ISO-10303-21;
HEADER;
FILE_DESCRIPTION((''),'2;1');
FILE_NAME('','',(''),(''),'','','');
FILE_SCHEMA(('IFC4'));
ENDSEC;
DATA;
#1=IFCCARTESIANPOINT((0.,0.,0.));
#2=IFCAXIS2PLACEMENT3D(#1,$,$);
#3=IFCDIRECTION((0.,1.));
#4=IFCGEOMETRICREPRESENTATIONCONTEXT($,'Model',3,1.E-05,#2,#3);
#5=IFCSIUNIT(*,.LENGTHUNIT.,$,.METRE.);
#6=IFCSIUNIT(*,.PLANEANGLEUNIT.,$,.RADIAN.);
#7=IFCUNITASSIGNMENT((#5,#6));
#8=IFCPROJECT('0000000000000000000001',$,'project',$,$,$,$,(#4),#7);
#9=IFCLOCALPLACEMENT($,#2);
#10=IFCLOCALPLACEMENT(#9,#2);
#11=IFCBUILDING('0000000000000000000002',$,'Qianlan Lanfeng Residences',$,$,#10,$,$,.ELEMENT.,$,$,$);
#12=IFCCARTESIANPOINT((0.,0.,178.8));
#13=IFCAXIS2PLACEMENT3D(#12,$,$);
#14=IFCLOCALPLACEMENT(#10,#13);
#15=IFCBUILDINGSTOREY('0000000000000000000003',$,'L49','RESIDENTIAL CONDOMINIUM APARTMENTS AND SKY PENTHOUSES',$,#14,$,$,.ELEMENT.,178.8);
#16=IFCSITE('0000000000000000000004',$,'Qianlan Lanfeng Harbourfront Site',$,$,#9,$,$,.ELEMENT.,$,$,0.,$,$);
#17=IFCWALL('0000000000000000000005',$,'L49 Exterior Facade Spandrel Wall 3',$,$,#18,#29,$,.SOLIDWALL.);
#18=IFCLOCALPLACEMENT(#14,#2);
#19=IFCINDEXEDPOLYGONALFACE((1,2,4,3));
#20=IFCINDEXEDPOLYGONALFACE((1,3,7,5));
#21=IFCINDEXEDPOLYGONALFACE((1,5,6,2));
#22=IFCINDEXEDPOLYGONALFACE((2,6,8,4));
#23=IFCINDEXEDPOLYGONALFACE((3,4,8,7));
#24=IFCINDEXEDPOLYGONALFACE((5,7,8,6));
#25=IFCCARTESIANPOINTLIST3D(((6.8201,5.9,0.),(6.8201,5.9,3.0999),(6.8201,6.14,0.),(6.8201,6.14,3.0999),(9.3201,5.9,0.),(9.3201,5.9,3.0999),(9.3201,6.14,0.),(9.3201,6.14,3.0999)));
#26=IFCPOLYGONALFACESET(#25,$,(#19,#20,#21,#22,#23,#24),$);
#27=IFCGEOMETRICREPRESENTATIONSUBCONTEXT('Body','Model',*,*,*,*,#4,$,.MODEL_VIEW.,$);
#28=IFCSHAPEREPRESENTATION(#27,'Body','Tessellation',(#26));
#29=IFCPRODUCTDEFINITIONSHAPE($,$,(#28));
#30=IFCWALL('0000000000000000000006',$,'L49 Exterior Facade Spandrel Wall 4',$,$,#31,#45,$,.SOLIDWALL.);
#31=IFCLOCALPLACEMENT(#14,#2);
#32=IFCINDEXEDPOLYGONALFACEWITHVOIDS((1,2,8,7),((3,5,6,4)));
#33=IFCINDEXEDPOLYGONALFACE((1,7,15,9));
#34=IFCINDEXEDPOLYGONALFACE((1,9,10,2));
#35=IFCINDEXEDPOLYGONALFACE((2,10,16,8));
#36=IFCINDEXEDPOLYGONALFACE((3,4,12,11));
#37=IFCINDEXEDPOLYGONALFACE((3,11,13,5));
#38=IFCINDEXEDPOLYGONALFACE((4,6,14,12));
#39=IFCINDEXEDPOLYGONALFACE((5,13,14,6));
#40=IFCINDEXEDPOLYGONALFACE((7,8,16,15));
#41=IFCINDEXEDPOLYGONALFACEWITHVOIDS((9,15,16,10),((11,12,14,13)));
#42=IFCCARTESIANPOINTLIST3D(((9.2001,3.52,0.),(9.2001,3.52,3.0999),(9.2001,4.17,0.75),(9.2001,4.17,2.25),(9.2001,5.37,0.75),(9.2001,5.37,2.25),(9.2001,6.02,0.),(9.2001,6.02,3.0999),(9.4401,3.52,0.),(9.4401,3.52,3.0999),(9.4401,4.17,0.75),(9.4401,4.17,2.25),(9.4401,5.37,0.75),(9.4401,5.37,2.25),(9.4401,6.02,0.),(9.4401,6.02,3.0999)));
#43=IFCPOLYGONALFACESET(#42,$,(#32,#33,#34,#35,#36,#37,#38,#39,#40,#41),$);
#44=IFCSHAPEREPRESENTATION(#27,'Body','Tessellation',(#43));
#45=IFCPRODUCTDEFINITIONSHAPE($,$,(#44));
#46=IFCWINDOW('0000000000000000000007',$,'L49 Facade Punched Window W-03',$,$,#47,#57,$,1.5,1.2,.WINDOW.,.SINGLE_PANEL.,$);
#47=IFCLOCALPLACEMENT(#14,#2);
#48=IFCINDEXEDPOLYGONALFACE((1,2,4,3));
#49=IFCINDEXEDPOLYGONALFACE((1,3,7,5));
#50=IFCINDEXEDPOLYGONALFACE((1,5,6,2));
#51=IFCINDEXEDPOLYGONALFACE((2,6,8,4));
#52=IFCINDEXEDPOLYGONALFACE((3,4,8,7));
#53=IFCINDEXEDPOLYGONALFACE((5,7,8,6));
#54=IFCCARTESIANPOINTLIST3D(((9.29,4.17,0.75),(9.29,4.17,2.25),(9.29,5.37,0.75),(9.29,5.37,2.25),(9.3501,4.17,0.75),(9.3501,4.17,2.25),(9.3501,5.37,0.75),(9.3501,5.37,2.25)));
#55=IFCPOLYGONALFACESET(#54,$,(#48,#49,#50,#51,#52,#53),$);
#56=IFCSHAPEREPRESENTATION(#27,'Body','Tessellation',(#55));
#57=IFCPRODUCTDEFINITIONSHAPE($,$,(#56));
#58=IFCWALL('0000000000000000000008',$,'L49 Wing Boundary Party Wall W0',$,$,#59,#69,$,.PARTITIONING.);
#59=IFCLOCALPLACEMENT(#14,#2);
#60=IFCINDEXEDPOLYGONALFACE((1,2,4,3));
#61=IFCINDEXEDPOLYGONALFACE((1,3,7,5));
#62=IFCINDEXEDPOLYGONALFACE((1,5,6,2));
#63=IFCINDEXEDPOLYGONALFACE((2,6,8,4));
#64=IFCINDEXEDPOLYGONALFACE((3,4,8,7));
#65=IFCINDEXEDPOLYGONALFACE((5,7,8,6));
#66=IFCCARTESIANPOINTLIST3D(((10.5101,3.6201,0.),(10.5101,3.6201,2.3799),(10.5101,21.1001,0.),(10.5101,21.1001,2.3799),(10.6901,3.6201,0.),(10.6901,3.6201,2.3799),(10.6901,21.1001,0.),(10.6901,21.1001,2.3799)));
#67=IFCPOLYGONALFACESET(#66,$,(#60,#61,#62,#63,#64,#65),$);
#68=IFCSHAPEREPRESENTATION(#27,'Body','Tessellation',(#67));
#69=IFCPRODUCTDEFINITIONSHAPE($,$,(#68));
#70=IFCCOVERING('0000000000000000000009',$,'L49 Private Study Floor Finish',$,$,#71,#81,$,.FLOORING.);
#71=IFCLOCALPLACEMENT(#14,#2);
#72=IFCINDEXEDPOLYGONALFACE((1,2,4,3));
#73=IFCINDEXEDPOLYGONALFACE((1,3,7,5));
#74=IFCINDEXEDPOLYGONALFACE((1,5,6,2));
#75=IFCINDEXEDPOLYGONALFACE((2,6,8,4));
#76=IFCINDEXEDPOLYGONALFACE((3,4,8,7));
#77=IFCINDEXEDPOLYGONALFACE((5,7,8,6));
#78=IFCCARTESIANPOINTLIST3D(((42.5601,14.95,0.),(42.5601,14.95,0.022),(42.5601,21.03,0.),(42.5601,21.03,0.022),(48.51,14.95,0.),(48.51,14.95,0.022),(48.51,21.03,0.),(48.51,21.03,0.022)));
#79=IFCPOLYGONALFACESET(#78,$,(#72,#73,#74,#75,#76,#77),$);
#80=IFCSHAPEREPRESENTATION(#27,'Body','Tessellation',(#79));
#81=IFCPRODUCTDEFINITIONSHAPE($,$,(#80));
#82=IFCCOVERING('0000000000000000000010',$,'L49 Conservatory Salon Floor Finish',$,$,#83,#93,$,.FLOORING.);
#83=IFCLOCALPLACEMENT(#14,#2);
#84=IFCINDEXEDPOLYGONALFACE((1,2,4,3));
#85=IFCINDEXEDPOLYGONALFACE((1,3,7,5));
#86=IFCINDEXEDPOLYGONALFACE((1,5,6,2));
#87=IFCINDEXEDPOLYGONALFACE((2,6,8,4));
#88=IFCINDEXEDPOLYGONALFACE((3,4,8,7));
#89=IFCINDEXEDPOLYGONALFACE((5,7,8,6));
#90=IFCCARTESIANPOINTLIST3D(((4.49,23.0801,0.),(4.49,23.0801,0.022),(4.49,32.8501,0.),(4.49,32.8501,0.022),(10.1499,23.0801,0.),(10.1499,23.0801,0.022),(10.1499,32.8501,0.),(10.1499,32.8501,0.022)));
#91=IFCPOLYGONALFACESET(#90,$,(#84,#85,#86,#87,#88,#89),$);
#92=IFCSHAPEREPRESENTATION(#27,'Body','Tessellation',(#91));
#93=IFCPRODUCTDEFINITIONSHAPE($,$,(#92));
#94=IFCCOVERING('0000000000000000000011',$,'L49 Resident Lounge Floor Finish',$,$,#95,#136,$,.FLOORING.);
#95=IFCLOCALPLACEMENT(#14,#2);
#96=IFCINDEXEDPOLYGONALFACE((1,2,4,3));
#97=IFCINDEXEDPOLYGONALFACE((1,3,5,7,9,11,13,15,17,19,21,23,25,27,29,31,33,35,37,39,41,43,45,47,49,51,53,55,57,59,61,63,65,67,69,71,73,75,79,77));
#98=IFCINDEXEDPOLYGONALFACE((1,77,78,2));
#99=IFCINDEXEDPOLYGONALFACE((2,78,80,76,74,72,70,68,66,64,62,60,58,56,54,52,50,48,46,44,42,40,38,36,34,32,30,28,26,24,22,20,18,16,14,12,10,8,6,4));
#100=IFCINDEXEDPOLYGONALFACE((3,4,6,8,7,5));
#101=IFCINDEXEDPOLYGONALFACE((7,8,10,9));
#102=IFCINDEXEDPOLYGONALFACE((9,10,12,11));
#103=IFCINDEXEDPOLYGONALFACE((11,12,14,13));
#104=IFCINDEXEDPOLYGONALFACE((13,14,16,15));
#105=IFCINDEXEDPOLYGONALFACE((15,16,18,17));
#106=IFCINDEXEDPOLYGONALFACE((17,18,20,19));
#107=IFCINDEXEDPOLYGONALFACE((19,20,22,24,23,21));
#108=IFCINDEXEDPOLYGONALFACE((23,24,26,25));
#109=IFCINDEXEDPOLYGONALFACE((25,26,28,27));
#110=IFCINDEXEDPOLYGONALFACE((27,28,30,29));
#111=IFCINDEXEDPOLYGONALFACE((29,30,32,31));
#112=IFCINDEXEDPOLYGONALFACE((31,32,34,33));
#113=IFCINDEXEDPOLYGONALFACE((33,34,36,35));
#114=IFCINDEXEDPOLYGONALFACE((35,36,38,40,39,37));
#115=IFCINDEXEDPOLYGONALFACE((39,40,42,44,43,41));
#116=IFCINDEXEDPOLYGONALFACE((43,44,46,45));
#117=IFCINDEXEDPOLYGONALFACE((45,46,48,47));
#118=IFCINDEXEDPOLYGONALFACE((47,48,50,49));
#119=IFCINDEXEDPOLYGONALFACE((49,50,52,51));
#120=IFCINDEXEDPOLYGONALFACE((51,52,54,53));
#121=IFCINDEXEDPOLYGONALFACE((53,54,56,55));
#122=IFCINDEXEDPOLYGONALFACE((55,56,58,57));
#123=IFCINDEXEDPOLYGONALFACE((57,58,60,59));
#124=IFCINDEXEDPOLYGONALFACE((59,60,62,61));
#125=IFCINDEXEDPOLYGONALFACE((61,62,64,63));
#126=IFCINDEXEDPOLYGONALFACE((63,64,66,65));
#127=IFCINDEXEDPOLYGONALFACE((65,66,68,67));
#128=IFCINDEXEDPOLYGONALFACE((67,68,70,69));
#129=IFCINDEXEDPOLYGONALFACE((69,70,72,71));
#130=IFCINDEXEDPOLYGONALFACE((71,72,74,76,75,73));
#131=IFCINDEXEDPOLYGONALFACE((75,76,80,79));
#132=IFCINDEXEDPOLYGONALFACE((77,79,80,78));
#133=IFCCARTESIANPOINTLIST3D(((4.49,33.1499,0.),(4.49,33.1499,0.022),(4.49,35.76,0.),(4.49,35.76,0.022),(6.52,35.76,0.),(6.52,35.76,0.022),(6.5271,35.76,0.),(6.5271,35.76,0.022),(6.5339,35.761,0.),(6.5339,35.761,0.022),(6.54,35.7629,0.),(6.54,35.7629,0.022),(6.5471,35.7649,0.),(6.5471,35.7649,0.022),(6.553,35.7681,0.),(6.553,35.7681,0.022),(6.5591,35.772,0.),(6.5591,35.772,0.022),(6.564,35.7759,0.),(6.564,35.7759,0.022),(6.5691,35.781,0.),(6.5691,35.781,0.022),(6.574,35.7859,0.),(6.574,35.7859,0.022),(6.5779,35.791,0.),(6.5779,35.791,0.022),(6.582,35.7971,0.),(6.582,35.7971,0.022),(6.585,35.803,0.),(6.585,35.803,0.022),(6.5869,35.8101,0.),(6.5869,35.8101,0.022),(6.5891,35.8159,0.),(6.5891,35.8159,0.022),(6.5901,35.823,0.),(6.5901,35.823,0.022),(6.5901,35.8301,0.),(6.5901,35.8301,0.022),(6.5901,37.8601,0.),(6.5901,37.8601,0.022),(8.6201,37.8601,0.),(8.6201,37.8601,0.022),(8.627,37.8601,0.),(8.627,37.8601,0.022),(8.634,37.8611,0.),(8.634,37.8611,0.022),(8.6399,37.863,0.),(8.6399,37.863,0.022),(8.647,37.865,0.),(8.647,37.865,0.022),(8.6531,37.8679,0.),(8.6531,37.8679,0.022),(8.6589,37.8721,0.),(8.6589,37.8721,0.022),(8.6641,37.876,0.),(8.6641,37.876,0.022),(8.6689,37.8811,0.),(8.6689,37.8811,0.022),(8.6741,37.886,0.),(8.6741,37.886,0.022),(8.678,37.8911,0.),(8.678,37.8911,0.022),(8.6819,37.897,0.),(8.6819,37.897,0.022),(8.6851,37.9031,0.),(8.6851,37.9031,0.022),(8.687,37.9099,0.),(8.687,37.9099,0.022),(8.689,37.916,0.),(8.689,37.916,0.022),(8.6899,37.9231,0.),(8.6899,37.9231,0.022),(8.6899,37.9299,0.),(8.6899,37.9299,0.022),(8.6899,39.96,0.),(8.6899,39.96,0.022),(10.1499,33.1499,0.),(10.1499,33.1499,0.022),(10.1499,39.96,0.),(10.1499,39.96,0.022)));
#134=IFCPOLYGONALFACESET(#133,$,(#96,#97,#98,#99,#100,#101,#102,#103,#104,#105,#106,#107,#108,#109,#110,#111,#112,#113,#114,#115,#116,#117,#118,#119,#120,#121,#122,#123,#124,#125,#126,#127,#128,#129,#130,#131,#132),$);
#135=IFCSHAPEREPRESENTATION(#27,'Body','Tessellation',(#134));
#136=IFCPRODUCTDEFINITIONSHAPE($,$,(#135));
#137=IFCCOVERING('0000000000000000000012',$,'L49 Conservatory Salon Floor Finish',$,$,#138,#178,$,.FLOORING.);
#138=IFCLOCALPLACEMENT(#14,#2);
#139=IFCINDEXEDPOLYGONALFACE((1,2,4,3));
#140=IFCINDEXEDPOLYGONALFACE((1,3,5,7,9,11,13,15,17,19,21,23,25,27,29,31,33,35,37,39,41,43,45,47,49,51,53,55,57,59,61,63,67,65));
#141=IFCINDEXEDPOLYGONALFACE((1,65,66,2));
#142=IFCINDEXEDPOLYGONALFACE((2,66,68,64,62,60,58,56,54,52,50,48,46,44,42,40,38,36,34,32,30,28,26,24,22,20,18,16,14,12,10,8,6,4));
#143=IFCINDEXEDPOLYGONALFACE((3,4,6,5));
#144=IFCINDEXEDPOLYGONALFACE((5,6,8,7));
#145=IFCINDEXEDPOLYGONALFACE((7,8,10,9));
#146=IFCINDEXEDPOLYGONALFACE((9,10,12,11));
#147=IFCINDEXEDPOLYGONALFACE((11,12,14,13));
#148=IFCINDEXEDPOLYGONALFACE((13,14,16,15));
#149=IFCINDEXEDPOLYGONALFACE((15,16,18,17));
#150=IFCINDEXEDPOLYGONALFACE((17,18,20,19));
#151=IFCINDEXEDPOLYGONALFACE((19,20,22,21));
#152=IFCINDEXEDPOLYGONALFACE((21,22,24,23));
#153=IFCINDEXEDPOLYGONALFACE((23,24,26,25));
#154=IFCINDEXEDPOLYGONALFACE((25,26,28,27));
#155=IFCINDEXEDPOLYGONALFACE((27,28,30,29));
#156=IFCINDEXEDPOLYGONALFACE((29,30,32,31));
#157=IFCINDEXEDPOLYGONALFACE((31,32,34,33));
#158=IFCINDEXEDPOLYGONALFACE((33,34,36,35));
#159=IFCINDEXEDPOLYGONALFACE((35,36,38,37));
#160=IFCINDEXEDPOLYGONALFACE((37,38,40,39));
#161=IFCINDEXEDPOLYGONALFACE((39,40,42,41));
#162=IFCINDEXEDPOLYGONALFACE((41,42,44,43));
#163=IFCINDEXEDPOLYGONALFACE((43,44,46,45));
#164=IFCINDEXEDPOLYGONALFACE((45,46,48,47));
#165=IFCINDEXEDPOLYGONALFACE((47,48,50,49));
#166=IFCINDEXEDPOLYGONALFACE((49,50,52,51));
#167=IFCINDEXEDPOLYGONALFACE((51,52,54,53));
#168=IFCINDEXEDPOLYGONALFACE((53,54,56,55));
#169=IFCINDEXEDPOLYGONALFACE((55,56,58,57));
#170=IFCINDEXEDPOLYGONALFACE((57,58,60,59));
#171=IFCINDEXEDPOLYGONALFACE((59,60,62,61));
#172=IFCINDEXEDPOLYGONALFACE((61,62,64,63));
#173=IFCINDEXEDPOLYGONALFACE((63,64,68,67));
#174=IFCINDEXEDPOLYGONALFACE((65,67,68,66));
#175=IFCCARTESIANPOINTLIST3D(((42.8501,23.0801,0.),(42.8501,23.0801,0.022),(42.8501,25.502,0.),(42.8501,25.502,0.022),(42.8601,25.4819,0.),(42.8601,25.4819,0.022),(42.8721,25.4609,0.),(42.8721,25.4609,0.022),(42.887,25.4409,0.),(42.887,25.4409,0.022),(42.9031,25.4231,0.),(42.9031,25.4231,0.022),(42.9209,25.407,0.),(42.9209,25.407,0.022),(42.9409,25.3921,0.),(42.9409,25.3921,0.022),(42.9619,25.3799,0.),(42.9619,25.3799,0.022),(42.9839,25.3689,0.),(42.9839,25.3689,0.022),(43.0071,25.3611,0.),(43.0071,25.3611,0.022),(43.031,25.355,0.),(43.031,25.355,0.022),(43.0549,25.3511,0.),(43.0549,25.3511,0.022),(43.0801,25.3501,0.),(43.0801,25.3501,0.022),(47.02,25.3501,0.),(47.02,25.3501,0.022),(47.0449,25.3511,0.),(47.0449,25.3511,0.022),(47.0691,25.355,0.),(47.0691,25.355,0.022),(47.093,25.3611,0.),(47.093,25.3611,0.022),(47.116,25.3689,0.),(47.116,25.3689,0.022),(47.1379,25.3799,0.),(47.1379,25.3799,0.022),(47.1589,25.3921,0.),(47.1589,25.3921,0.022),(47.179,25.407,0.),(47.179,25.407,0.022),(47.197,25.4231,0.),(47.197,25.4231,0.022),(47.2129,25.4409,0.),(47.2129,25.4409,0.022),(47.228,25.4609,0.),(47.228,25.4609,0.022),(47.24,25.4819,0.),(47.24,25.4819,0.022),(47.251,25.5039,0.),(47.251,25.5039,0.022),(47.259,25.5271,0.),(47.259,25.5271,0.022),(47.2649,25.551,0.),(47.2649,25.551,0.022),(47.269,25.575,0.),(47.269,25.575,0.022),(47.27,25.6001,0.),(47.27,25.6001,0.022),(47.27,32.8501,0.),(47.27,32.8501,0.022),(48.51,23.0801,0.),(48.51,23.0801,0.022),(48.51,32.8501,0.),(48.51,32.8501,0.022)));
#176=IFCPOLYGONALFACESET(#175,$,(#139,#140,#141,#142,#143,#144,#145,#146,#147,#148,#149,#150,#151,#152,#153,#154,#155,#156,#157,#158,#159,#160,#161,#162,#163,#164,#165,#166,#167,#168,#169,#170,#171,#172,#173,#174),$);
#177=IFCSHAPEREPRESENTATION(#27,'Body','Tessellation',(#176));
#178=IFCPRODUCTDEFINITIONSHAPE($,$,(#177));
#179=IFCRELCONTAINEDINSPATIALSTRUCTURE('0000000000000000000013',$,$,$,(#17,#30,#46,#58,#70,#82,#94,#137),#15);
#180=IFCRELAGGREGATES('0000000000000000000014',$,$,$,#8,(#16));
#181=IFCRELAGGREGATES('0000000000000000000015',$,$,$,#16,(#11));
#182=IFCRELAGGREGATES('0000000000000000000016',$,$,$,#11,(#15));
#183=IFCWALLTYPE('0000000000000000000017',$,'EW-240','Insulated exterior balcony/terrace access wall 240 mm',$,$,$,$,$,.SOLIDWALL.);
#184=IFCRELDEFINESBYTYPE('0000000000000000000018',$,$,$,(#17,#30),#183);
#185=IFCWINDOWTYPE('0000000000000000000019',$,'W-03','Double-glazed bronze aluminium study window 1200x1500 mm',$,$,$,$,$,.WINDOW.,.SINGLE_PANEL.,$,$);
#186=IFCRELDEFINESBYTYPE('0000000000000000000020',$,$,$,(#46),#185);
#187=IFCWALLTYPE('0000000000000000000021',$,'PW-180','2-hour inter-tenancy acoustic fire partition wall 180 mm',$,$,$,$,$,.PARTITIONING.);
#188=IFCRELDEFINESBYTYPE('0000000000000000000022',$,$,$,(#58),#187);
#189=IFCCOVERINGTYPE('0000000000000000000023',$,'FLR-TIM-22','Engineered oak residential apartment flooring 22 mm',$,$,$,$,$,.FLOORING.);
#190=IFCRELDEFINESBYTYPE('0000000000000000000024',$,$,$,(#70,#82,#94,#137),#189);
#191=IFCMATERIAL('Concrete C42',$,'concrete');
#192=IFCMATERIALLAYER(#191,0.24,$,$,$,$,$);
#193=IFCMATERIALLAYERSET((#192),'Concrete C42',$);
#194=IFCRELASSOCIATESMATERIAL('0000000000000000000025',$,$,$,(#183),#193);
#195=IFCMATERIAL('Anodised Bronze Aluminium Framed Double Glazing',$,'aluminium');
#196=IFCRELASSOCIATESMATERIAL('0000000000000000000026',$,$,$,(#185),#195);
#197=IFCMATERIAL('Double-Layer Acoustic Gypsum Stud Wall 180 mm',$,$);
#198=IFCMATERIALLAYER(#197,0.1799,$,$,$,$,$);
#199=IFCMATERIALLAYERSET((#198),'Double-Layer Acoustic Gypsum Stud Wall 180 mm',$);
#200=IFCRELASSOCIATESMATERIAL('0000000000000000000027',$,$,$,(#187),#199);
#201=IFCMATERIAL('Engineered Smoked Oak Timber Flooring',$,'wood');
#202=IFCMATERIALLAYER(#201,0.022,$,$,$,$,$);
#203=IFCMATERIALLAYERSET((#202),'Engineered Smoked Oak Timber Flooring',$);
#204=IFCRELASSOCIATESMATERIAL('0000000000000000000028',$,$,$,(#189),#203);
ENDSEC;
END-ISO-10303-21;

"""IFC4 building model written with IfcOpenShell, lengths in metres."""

from ifc_helpers import new_model, si_unit, direction, frame, frame_2d, origin, place, context, subcontext, project, spatial, polyline, rectangle, outline, extrude, material, layer, layer_set, type_object, element, fill, save


model = new_model("IFC4")

# Units and contexts
model_context = context("Model", 3, precision=1e-05, world=origin(), true_north=direction((0.0, 1.0)))
body_context = subcontext(model_context, "Body", "Model", "MODEL_VIEW")
ifc_project = project(units=[si_unit("LENGTHUNIT", "METRE"), si_unit("PLANEANGLEUNIT", "RADIAN")], contexts=[model_context])

# Site, building, storey
site_placement = place(None, origin())
site = spatial("IfcSite", under=ifc_project, at=site_placement, Name="Qianlan Lanfeng Harbourfront Site", CompositionType="ELEMENT", RefElevation=0.0)
building_placement = place(site_placement, origin())
building = spatial("IfcBuilding", under=site, at=building_placement, Name="Qianlan Lanfeng Residences", CompositionType="ELEMENT")
storey_placement = place(building_placement, frame((0.0, 0.0, 178.8)))
storey = spatial("IfcBuildingStorey", under=building, at=storey_placement, Name="L49", Description="RESIDENTIAL CONDOMINIUM APARTMENTS AND SKY PENTHOUSES", CompositionType="ELEMENT", Elevation=178.8)

# Wall
ifc_material_1 = material(Name="Concrete C42", Category="concrete")
ifc_layer_1 = layer(ifc_material_1, 0.24)
ifc_layer_set_1 = layer_set([ifc_layer_1], Name="Concrete C42")
wall_type_1 = type_object("IfcWallType", Name="EW-240", Description="Insulated exterior balcony/terrace access wall 240 mm", PredefinedType="SOLIDWALL", material=ifc_layer_set_1)
for number, where, z_axis, x_axis, name in (
    (1, (6.8201, 6.02, 0.0), (0.0, 0.0, 1.0), (1.0, 0.0, 0.0), "L49 Exterior Facade Spandrel Wall 3"),
):
    element("IfcWall", number, at=place(storey_placement, frame(where, z_axis=z_axis, x_axis=x_axis)), inside=storey, type_object=wall_type_1, Name=name, PredefinedType="SOLIDWALL", context=body_context, shape_type="SweptSolid", body=[
        extrude(rectangle(XDim=2.5, YDim=0.24, at=frame_2d((1.25, 0.0))), origin(), (0.0, 0.0, 1.0), 3.0999),
    ])

# Wall, opening, window
wall_1_placement = place(storey_placement, frame((9.3201, 6.02, 0.0), z_axis=(0.0, 0.0, 1.0), x_axis=(0.0, -1.0, 0.0)))
wall_1 = element("IfcWall", 2, at=wall_1_placement, inside=storey, type_object=wall_type_1, Name="L49 Exterior Facade Spandrel Wall 4", PredefinedType="SOLIDWALL", context=body_context, shape_type="SweptSolid", body=[
    extrude(rectangle(XDim=2.5, YDim=0.24, at=frame_2d((1.25, 0.0))), origin(), (0.0, 0.0, 1.0), 3.0999),
])
opening_placement = place(wall_1_placement, frame((0.6499, 0.0, 0.75)))
opening = element("IfcOpeningElement", 3, at=opening_placement, cuts=wall_1, PredefinedType="OPENING", context=body_context, shape_type="SweptSolid", body=[
    extrude(rectangle(XDim=1.2, YDim=1.5, at=frame_2d((0.6001, 0.75))), frame((0.0, 0.1299, 0.0), z_axis=(0.0, -1.0, 0.0), x_axis=(1.0, 0.0, 0.0)), (0.0, 0.0, 1.0), 0.26),
])
ifc_material_2 = material(Name="Anodised Bronze Aluminium Framed Double Glazing", Category="aluminium")
window_type = type_object("IfcWindowType", Name="W-03", Description="Double-glazed bronze aluminium study window 1200x1500 mm", PartitioningType="SINGLE_PANEL", PredefinedType="WINDOW", material=ifc_material_2)
window_placement = place(opening_placement, origin())
window = element("IfcWindow", 4, at=window_placement, inside=storey, type_object=window_type, Name="L49 Facade Punched Window W-03", OverallHeight=1.5, OverallWidth=1.2, PartitioningType="SINGLE_PANEL", PredefinedType="WINDOW", context=body_context, shape_type="SweptSolid", body=[
    extrude(rectangle(XDim=1.2, YDim=1.5, at=frame_2d((0.6001, 0.75))), frame((0.0, 0.03, 0.0), z_axis=(0.0, -1.0, 0.0), x_axis=(1.0, 0.0, 0.0)), (0.0, 0.0, 1.0), 0.0601),
])
fill(opening, window)

# Wall
ifc_material_3 = material(Name="Double-Layer Acoustic Gypsum Stud Wall 180 mm")
ifc_layer_2 = layer(ifc_material_3, 0.1799)
ifc_layer_set_2 = layer_set([ifc_layer_2], Name="Double-Layer Acoustic Gypsum Stud Wall 180 mm")
wall_type_2 = type_object("IfcWallType", Name="PW-180", Description="2-hour inter-tenancy acoustic fire partition wall 180 mm", PredefinedType="PARTITIONING", material=ifc_layer_set_2)
wall_2_placement = place(storey_placement, frame((10.6001, 3.6201, 0.0), z_axis=(0.0, 0.0, 1.0), x_axis=(0.0, 1.0, 0.0)))
element("IfcWall", 5, at=wall_2_placement, inside=storey, type_object=wall_type_2, Name="L49 Wing Boundary Party Wall W0", PredefinedType="PARTITIONING", context=body_context, shape_type="SweptSolid", body=[
    extrude(rectangle(XDim=17.48, YDim=0.1799, at=frame_2d((8.74, 0.0))), origin(), (0.0, 0.0, 1.0), 2.3799),
])

# Coverings
ifc_material_4 = material(Name="Engineered Smoked Oak Timber Flooring", Category="wood")
ifc_layer_3 = layer(ifc_material_4, 0.022)
ifc_layer_set_3 = layer_set([ifc_layer_3], Name="Engineered Smoked Oak Timber Flooring")
covering_type = type_object("IfcCoveringType", Name="FLR-TIM-22", Description="Engineered oak residential apartment flooring 22 mm", PredefinedType="FLOORING", material=ifc_layer_set_3)
covering_1_placement = place(storey_placement, origin())
element("IfcCovering", 6, at=covering_1_placement, inside=storey, type_object=covering_type, Name="L49 Private Study Floor Finish", PredefinedType="FLOORING", context=body_context, shape_type="SweptSolid", body=[
    extrude(outline(polyline([(48.51, 21.03), (42.5601, 21.03), (42.5601, 14.95), (48.51, 14.95), (48.51, 21.03)])), origin(), (0.0, 0.0, 1.0), 0.022),
])
covering_2_placement = place(storey_placement, origin())
element("IfcCovering", 7, at=covering_2_placement, inside=storey, type_object=covering_type, Name="L49 Conservatory Salon Floor Finish", PredefinedType="FLOORING", context=body_context, shape_type="SweptSolid", body=[
    extrude(outline(polyline([(10.1499, 32.8501), (4.49, 32.8501), (4.49, 23.0801), (10.1499, 23.0801), (10.1499, 32.8501)])), origin(), (0.0, 0.0, 1.0), 0.022),
])
covering_3_placement = place(storey_placement, origin())
element("IfcCovering", 8, at=covering_3_placement, inside=storey, type_object=covering_type, Name="L49 Resident Lounge Floor Finish", PredefinedType="FLOORING", context=body_context, shape_type="SweptSolid", body=[
    extrude(outline(polyline([(4.49, 33.1499), (10.1499, 33.1499), (10.1499, 39.96), (8.6899, 39.96), (8.6899, 37.9299), (8.6899, 37.9231), (8.689, 37.916), (8.687, 37.9099), (8.6851, 37.9031), (8.6819, 37.897), (8.678, 37.8911), (8.6741, 37.886), (8.6689, 37.8811), (8.6641, 37.876), (8.6589, 37.8721), (8.6531, 37.8679), (8.647, 37.865), (8.6399, 37.863), (8.634, 37.8611), (8.627, 37.8601), (8.6201, 37.8601), (6.5901, 37.8601), (6.5901, 35.8301), (6.5901, 35.823), (6.5891, 35.8159), (6.5869, 35.8101), (6.585, 35.803), (6.582, 35.7971), (6.5779, 35.791), (6.574, 35.7859), (6.5691, 35.781), (6.564, 35.7759), (6.5591, 35.772), (6.553, 35.7681), (6.5471, 35.7649), (6.54, 35.7629), (6.5339, 35.761), (6.5271, 35.76), (6.52, 35.76), (4.49, 35.76), (4.49, 33.1499)])), origin(), (0.0, 0.0, 1.0), 0.022),
])
covering_4_placement = place(storey_placement, origin())
element("IfcCovering", 9, at=covering_4_placement, inside=storey, type_object=covering_type, Name="L49 Conservatory Salon Floor Finish", PredefinedType="FLOORING", context=body_context, shape_type="SweptSolid", body=[
    extrude(outline(polyline([(48.51, 32.8501), (47.27, 32.8501), (47.27, 25.6001), (47.269, 25.575), (47.2649, 25.551), (47.259, 25.5271), (47.251, 25.5039), (47.24, 25.4819), (47.228, 25.4609), (47.2129, 25.4409), (47.197, 25.4231), (47.179, 25.407), (47.1589, 25.3921), (47.1379, 25.3799), (47.116, 25.3689), (47.093, 25.3611), (47.0691, 25.355), (47.0449, 25.3511), (47.02, 25.3501), (43.0801, 25.3501), (43.0549, 25.3511), (43.031, 25.355), (43.0071, 25.3611), (42.9839, 25.3689), (42.9619, 25.3799), (42.9409, 25.3921), (42.9209, 25.407), (42.9031, 25.4231), (42.887, 25.4409), (42.8721, 25.4609), (42.8601, 25.4819), (42.8501, 25.502), (42.8501, 23.0801), (48.51, 23.0801), (48.51, 32.8501)])), origin(), (0.0, 0.0, 1.0), 0.022),
])

save(model, "model.ifc")
